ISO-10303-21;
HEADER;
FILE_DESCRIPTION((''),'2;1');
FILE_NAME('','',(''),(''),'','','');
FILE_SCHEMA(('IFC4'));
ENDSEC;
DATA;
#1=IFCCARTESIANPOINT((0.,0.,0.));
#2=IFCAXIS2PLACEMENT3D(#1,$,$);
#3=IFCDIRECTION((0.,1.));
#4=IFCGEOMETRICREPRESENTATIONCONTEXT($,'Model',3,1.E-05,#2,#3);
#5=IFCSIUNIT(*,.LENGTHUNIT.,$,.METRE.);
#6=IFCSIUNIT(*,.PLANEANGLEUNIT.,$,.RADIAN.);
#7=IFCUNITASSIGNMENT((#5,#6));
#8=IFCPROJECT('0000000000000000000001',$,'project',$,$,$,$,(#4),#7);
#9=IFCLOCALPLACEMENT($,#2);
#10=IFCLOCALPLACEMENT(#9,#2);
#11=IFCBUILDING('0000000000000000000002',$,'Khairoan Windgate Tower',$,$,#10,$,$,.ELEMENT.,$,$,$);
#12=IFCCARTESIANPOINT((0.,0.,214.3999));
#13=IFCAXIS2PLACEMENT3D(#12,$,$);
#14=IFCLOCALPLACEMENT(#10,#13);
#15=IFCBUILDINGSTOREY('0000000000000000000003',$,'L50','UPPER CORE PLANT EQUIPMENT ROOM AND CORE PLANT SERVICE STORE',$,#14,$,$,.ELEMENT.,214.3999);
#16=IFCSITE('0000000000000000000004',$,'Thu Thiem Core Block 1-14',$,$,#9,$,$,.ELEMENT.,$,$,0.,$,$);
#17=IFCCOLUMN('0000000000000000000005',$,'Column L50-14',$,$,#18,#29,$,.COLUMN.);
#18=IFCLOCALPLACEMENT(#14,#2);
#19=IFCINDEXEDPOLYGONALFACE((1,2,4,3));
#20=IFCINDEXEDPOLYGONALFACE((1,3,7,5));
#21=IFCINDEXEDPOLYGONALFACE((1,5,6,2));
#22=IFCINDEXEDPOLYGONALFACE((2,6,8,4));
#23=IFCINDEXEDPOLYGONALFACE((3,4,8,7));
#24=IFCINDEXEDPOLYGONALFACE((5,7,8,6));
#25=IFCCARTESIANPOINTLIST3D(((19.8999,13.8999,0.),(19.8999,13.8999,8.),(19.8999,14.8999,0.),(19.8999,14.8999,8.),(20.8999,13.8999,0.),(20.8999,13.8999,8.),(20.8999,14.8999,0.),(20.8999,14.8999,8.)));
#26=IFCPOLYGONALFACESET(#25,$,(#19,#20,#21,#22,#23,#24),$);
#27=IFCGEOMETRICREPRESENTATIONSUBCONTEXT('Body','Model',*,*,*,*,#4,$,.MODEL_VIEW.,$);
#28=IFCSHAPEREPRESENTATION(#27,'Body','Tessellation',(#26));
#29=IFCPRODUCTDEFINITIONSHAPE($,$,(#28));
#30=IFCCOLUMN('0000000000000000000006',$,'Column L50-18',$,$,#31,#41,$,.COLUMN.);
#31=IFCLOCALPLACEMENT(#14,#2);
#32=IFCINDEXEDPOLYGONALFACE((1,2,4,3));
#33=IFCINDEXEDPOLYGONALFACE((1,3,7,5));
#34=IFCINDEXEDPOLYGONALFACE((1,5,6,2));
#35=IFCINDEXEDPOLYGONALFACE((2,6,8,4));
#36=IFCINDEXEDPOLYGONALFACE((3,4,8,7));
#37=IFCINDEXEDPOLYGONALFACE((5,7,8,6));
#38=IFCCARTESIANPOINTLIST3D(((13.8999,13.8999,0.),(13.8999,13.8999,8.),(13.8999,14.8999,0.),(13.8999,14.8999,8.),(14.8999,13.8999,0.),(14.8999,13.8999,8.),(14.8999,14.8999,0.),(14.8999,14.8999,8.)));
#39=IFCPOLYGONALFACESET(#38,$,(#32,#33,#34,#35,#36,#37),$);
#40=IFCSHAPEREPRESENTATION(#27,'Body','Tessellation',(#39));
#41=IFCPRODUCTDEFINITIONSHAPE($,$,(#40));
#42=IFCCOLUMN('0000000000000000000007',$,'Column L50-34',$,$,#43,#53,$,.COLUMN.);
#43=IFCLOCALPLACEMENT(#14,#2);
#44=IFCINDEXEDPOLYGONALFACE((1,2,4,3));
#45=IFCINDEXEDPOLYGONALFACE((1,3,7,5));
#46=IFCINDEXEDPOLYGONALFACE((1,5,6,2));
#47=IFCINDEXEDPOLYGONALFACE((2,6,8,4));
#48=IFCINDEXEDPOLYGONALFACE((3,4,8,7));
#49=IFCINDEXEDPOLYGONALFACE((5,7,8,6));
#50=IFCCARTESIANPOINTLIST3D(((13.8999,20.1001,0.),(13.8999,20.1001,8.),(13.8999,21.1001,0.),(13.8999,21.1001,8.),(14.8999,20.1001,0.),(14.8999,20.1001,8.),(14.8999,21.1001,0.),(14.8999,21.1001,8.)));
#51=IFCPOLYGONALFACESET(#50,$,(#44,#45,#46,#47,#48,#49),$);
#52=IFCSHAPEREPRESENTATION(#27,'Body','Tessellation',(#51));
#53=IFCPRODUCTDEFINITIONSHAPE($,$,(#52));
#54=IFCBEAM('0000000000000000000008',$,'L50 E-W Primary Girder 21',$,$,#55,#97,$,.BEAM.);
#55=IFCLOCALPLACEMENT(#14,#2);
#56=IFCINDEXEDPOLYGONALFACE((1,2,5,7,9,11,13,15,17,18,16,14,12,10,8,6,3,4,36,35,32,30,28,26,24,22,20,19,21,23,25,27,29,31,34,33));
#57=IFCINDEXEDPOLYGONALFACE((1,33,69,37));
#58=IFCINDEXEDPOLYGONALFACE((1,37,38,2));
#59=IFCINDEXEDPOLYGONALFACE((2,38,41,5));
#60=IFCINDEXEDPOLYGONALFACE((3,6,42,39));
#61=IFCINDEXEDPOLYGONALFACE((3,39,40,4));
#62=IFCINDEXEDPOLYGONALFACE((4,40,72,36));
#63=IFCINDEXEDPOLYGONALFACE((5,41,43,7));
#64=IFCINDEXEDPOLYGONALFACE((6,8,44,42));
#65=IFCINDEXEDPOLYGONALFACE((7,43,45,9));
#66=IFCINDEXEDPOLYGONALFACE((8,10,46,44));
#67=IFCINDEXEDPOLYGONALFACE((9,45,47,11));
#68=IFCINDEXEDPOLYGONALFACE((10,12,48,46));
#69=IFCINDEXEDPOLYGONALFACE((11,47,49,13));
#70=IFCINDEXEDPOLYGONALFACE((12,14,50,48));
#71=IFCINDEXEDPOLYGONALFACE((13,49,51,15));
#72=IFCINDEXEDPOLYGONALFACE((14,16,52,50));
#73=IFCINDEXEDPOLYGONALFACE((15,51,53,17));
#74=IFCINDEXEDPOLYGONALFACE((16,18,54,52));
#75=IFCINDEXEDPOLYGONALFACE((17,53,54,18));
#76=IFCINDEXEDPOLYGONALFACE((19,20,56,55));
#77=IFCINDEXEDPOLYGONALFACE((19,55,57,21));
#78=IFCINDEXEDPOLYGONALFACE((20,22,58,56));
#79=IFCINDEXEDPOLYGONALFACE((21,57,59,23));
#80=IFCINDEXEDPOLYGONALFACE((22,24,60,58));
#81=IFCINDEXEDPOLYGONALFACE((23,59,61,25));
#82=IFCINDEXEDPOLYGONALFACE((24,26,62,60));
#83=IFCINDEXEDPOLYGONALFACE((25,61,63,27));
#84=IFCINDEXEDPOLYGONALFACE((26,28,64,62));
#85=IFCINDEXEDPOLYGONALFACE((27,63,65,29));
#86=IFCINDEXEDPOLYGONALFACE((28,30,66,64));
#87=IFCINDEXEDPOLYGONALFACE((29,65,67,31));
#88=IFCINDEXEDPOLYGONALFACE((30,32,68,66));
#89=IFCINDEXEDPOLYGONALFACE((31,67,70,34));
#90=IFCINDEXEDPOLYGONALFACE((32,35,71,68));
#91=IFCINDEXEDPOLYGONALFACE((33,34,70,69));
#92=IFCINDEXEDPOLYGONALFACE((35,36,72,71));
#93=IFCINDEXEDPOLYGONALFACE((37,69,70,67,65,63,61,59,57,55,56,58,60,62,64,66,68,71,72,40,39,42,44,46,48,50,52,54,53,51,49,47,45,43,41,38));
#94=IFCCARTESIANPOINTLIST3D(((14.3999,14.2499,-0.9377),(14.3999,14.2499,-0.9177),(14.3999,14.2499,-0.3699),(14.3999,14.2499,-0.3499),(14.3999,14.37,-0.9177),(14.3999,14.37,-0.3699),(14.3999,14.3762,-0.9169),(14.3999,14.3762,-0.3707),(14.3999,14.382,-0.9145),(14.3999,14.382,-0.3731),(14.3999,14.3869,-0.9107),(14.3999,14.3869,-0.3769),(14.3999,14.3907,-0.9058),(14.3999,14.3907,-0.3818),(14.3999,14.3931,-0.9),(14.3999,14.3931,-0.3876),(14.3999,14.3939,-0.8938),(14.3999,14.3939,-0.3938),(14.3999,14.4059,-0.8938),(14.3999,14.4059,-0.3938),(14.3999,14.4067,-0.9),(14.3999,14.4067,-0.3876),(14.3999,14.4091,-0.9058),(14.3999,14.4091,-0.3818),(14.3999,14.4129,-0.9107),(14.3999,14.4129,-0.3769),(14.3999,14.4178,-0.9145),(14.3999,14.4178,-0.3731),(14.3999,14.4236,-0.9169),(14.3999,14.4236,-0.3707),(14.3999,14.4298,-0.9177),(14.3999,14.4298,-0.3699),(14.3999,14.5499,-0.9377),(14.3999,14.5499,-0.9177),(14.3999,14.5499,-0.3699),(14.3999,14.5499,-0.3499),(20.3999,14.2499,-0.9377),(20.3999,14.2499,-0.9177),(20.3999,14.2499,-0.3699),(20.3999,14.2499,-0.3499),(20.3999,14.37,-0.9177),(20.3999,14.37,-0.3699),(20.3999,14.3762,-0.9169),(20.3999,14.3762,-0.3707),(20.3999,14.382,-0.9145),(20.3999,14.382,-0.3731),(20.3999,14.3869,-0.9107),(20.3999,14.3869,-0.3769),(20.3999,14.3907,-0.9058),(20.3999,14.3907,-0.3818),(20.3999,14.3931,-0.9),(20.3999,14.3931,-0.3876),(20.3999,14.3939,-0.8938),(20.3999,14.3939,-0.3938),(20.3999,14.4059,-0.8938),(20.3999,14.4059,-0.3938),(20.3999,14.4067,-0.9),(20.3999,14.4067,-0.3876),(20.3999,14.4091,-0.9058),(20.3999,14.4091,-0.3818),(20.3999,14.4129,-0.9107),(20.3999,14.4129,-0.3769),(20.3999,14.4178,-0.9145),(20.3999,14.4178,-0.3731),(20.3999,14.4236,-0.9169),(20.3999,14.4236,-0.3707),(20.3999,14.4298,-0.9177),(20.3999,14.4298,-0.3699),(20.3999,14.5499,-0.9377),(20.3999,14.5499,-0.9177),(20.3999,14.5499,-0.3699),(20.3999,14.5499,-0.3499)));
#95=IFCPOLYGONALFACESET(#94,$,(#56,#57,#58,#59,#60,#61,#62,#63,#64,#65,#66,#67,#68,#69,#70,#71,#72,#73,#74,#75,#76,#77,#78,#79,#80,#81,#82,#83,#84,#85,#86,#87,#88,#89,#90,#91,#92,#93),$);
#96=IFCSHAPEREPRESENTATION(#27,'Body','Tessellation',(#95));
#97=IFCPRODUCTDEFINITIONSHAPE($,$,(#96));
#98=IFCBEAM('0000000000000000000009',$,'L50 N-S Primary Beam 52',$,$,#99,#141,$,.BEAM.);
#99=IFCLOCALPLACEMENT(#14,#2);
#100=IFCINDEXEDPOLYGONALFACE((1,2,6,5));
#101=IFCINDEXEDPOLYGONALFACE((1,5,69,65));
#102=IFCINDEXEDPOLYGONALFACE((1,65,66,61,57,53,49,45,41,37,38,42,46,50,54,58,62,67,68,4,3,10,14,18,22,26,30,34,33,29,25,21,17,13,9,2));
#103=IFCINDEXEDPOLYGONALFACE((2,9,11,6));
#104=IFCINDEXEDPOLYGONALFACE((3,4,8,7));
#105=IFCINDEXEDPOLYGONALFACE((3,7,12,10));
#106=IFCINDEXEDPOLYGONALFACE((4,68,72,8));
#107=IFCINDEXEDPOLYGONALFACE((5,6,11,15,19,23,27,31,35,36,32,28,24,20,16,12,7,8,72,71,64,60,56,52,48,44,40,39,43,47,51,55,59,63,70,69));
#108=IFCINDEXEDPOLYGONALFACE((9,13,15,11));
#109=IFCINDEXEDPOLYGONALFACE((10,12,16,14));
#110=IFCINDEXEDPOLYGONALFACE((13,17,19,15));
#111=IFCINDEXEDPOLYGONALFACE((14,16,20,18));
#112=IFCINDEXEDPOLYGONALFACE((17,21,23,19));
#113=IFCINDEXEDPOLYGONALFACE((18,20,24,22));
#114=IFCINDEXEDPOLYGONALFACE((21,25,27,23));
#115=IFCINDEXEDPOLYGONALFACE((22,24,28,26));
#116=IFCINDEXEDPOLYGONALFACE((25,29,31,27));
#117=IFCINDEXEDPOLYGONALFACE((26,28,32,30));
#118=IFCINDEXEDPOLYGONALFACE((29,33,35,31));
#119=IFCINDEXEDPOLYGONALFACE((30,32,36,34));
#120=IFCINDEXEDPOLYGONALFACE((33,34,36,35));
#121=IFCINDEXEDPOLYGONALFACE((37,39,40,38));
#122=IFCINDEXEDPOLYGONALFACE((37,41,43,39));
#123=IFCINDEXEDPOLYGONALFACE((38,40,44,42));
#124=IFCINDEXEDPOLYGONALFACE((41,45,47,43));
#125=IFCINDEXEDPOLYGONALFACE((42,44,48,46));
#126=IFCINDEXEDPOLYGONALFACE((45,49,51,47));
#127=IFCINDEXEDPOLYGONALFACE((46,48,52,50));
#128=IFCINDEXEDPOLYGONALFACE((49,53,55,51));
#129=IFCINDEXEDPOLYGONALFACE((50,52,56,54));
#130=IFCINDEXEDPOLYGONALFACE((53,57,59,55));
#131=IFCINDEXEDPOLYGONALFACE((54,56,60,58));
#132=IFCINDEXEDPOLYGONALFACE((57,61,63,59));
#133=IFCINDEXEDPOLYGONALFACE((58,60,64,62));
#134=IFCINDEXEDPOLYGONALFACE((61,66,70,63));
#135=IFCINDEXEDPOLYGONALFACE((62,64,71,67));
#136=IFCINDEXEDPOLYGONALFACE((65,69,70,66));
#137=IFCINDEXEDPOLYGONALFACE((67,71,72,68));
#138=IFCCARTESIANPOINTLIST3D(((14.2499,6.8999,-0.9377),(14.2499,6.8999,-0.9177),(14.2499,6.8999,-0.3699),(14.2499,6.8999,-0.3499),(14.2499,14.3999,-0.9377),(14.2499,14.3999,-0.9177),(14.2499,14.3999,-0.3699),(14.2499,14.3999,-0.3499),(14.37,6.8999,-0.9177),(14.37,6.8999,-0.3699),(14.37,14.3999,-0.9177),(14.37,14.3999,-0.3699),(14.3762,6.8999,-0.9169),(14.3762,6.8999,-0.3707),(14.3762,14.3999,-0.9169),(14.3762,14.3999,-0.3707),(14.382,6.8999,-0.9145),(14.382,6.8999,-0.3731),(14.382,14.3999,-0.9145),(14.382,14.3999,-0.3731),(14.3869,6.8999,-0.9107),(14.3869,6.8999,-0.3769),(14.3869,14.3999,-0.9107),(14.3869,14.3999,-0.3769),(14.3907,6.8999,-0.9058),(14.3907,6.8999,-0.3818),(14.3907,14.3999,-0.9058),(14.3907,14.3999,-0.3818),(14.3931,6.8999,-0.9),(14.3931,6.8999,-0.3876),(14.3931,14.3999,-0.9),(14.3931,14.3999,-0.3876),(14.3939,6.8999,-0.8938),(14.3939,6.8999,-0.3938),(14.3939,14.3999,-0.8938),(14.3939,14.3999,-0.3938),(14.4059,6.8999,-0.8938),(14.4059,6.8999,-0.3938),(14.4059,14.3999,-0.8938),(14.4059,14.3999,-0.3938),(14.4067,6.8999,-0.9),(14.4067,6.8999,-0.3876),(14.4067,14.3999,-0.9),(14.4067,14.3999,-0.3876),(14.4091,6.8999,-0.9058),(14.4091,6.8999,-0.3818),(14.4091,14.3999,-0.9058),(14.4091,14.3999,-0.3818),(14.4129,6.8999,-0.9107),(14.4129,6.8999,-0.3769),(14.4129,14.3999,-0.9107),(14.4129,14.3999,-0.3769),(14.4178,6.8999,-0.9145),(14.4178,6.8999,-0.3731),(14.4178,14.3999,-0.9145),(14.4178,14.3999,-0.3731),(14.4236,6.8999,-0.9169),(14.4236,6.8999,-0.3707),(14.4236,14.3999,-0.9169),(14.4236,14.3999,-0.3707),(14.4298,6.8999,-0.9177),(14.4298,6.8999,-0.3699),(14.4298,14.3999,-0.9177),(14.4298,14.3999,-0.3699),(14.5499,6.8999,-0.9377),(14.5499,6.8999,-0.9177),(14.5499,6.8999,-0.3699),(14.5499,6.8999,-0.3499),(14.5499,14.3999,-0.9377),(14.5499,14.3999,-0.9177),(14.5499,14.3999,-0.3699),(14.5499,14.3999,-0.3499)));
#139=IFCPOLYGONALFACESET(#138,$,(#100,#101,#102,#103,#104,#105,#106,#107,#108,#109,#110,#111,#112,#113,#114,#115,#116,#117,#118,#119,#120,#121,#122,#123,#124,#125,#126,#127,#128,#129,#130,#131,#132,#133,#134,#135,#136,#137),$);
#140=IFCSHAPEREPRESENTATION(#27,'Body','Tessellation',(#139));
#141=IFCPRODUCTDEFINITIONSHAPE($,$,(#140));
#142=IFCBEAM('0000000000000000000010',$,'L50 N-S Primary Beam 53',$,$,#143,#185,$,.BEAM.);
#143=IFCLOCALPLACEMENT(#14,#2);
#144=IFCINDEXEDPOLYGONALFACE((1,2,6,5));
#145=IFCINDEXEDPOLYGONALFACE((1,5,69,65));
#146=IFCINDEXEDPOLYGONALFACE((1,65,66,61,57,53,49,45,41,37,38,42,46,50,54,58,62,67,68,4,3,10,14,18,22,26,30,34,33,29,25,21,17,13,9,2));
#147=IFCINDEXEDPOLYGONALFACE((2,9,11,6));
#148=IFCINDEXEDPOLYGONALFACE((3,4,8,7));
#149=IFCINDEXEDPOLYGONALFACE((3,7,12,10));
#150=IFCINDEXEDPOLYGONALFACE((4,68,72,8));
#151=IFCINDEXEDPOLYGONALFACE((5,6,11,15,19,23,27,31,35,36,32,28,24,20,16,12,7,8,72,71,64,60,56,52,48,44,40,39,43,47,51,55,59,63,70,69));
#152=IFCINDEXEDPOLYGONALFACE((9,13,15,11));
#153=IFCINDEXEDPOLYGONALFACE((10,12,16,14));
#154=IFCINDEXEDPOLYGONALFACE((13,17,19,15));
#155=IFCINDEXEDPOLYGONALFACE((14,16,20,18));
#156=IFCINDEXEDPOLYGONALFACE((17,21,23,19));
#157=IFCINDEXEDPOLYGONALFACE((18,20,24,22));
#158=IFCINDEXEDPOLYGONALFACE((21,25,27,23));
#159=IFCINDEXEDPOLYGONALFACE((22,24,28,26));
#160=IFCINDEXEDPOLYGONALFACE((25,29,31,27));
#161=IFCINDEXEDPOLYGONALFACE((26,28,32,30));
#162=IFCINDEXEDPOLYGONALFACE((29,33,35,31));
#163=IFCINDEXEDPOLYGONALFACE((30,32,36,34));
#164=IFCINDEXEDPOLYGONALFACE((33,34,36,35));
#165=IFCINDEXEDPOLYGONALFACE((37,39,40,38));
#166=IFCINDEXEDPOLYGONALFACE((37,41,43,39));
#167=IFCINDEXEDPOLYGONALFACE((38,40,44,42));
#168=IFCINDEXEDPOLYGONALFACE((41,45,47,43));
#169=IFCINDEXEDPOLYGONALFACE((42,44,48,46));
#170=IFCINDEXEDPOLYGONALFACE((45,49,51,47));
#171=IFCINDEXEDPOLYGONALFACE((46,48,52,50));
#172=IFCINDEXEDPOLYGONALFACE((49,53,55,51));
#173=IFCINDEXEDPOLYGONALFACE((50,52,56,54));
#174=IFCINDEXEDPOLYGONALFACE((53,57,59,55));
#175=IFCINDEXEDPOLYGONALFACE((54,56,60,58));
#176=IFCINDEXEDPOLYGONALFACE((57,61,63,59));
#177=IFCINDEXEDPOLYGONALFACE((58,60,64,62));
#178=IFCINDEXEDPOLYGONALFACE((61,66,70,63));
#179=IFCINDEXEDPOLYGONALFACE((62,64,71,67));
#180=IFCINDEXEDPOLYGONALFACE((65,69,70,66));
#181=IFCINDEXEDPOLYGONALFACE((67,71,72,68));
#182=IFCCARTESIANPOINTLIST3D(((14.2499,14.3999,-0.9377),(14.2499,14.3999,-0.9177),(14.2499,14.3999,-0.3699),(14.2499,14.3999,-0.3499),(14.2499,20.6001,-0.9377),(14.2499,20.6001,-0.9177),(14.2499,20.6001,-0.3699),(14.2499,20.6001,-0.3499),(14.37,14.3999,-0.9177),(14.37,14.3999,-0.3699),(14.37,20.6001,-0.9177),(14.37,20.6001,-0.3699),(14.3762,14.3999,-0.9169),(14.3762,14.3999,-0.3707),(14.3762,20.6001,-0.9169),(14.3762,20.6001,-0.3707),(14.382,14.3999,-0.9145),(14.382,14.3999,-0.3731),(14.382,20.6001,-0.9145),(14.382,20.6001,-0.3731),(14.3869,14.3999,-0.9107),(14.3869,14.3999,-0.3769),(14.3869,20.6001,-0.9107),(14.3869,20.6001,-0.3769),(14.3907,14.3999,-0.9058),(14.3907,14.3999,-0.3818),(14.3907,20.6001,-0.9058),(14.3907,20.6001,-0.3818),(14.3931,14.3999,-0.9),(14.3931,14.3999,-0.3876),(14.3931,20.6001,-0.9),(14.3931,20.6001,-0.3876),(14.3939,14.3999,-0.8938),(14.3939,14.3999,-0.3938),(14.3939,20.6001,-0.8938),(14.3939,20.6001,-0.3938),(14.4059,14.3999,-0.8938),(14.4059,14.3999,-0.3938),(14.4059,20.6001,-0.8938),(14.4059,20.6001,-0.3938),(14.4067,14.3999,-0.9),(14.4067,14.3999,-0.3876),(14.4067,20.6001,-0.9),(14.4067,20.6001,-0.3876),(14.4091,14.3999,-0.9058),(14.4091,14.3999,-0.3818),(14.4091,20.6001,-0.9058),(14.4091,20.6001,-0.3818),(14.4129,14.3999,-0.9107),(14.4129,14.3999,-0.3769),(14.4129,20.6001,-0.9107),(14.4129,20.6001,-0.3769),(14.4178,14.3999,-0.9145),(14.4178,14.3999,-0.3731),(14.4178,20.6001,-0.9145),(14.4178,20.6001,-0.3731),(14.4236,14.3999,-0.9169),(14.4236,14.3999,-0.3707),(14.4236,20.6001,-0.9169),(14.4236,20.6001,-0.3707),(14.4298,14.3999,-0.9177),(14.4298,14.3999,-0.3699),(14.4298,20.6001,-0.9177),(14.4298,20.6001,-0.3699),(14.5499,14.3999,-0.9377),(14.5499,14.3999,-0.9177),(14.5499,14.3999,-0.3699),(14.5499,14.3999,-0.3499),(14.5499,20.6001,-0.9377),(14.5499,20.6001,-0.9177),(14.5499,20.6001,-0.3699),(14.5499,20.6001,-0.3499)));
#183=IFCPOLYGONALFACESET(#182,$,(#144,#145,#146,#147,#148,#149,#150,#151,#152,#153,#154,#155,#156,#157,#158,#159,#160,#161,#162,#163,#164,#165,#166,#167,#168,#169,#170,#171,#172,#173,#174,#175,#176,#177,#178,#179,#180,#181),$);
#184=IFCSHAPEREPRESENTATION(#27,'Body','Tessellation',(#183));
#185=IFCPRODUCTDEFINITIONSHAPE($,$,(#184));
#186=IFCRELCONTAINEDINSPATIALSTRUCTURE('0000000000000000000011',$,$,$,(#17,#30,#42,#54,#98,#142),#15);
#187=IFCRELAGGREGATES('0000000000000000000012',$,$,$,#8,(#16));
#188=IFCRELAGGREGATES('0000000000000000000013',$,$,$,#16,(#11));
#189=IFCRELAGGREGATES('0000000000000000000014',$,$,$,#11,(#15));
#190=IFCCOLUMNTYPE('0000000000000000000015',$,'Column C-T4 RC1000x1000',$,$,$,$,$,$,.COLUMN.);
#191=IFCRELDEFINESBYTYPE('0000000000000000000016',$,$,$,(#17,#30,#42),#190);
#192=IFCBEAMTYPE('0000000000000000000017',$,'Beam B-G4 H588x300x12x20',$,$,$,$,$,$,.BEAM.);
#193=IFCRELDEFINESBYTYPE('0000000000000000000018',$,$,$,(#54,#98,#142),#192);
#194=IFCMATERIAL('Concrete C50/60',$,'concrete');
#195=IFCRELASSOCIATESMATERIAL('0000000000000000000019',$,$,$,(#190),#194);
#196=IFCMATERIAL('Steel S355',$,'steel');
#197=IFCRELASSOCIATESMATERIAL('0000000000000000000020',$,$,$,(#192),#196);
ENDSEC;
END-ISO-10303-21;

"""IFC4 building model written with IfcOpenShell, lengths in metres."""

from ifc_helpers import new_model, si_unit, direction, frame, origin, origin_2d, place, context, subcontext, project, spatial, rectangle, i_section, extrude, material, material_profile, profile_set, type_object, element, save


model = new_model("IFC4")

# Units and contexts
model_context = context("Model", 3, precision=1e-05, world=origin(), true_north=direction((0.0, 1.0)))
body_context = subcontext(model_context, "Body", "Model", "MODEL_VIEW")
ifc_project = project(units=[si_unit("LENGTHUNIT", "METRE"), si_unit("PLANEANGLEUNIT", "RADIAN")], contexts=[model_context])

# Site, building, storey
site_placement = place(None, origin())
site = spatial("IfcSite", under=ifc_project, at=site_placement, Name="Thu Thiem Core Block 1-14", CompositionType="ELEMENT", RefElevation=0.0)
building_placement = place(site_placement, origin())
building = spatial("IfcBuilding", under=site, at=building_placement, Name="Khairoan Windgate Tower", CompositionType="ELEMENT")
storey_placement = place(building_placement, frame((0.0, 0.0, 214.3999)))
storey = spatial("IfcBuildingStorey", under=building, at=storey_placement, Name="L50", Description="UPPER CORE PLANT EQUIPMENT ROOM AND CORE PLANT SERVICE STORE", CompositionType="ELEMENT", Elevation=214.3999)

# Columns
ifc_material_1 = material(Name="Concrete C50/60", Category="concrete")
ifc_material_profile_1 = material_profile(ifc_material_1, rectangle(XDim=1.0, YDim=1.0, at=origin_2d()))
ifc_profile_set_1 = profile_set([ifc_material_profile_1], Name="Concrete C50/60")
column_type = type_object("IfcColumnType", Name="Column C-T4 RC1000x1000", PredefinedType="COLUMN", material=ifc_profile_set_1)
for number, where, z_axis, x_axis, name in (
    (1, (20.3999, 14.3999, 0.0), (0.0, 0.0, 1.0), (1.0, 0.0, 0.0), "Column L50-14"),
    (2, (14.3999, 14.3999, 0.0), (0.0, 0.0, 1.0), (1.0, 0.0, 0.0), "Column L50-18"),
    (3, (14.3999, 20.6001, 0.0), (0.0, 0.0, 1.0), (1.0, 0.0, 0.0), "Column L50-34"),
):
    element("IfcColumn", number, at=place(storey_placement, frame(where, z_axis=z_axis, x_axis=x_axis)), inside=storey, type_object=column_type, Name=name, PredefinedType="COLUMN", context=body_context, shape_type="SweptSolid", body=[
        extrude(rectangle(XDim=1.0, YDim=1.0, at=origin_2d()), origin(), (0.0, 0.0, 1.0), 8.0),
    ])

# Beams
ifc_material_2 = material(Name="Steel S355", Category="steel")
ifc_material_profile_2 = material_profile(ifc_material_2, i_section(OverallWidth=0.3, OverallDepth=0.5879, WebThickness=0.012, FlangeThickness=0.02, FilletRadius=0.0239, at=origin_2d()))
ifc_profile_set_2 = profile_set([ifc_material_profile_2], Name="Steel S355")
beam_type_1 = type_object("IfcBeamType", Name="Beam B-G4 H588x300x12x20", PredefinedType="BEAM", material=ifc_profile_set_2)
beam_1_placement = place(storey_placement, frame((14.3999, 14.3999, -0.6438), z_axis=(1.0, 0.0, 0.0), x_axis=(0.0, 1.0, 0.0)))
element("IfcBeam", 4, at=beam_1_placement, inside=storey, type_object=beam_type_1, Name="L50 E-W Primary Girder 21", PredefinedType="BEAM", context=body_context, shape_type="SweptSolid", body=[
    extrude(i_section(OverallWidth=0.3, OverallDepth=0.5879, WebThickness=0.012, FlangeThickness=0.02, FilletRadius=0.0239, at=origin_2d()), origin(), (0.0, 0.0, 1.0), 6.0),
])
beam_2_placement = place(storey_placement, frame((14.3999, 6.8999, -0.6438), z_axis=(0.0, 1.0, 0.0), x_axis=(-1.0, 0.0, 0.0)))
element("IfcBeam", 5, at=beam_2_placement, inside=storey, type_object=beam_type_1, Name="L50 N-S Primary Beam 52", PredefinedType="BEAM", context=body_context, shape_type="SweptSolid", body=[
    extrude(i_section(OverallWidth=0.3, OverallDepth=0.5879, WebThickness=0.012, FlangeThickness=0.02, FilletRadius=0.0239, at=origin_2d()), origin(), (0.0, 0.0, 1.0), 7.5),
])
beam_3_placement = place(storey_placement, frame((14.3999, 14.3999, -0.6438), z_axis=(0.0, 1.0, 0.0), x_axis=(-1.0, 0.0, 0.0)))
element("IfcBeam", 6, at=beam_3_placement, inside=storey, type_object=beam_type_1, Name="L50 N-S Primary Beam 53", PredefinedType="BEAM", context=body_context, shape_type="SweptSolid", body=[
    extrude(i_section(OverallWidth=0.3, OverallDepth=0.5879, WebThickness=0.012, FlangeThickness=0.02, FilletRadius=0.0239, at=origin_2d()), origin(), (0.0, 0.0, 1.0), 6.2002),
])

save(model, "model.ifc")
